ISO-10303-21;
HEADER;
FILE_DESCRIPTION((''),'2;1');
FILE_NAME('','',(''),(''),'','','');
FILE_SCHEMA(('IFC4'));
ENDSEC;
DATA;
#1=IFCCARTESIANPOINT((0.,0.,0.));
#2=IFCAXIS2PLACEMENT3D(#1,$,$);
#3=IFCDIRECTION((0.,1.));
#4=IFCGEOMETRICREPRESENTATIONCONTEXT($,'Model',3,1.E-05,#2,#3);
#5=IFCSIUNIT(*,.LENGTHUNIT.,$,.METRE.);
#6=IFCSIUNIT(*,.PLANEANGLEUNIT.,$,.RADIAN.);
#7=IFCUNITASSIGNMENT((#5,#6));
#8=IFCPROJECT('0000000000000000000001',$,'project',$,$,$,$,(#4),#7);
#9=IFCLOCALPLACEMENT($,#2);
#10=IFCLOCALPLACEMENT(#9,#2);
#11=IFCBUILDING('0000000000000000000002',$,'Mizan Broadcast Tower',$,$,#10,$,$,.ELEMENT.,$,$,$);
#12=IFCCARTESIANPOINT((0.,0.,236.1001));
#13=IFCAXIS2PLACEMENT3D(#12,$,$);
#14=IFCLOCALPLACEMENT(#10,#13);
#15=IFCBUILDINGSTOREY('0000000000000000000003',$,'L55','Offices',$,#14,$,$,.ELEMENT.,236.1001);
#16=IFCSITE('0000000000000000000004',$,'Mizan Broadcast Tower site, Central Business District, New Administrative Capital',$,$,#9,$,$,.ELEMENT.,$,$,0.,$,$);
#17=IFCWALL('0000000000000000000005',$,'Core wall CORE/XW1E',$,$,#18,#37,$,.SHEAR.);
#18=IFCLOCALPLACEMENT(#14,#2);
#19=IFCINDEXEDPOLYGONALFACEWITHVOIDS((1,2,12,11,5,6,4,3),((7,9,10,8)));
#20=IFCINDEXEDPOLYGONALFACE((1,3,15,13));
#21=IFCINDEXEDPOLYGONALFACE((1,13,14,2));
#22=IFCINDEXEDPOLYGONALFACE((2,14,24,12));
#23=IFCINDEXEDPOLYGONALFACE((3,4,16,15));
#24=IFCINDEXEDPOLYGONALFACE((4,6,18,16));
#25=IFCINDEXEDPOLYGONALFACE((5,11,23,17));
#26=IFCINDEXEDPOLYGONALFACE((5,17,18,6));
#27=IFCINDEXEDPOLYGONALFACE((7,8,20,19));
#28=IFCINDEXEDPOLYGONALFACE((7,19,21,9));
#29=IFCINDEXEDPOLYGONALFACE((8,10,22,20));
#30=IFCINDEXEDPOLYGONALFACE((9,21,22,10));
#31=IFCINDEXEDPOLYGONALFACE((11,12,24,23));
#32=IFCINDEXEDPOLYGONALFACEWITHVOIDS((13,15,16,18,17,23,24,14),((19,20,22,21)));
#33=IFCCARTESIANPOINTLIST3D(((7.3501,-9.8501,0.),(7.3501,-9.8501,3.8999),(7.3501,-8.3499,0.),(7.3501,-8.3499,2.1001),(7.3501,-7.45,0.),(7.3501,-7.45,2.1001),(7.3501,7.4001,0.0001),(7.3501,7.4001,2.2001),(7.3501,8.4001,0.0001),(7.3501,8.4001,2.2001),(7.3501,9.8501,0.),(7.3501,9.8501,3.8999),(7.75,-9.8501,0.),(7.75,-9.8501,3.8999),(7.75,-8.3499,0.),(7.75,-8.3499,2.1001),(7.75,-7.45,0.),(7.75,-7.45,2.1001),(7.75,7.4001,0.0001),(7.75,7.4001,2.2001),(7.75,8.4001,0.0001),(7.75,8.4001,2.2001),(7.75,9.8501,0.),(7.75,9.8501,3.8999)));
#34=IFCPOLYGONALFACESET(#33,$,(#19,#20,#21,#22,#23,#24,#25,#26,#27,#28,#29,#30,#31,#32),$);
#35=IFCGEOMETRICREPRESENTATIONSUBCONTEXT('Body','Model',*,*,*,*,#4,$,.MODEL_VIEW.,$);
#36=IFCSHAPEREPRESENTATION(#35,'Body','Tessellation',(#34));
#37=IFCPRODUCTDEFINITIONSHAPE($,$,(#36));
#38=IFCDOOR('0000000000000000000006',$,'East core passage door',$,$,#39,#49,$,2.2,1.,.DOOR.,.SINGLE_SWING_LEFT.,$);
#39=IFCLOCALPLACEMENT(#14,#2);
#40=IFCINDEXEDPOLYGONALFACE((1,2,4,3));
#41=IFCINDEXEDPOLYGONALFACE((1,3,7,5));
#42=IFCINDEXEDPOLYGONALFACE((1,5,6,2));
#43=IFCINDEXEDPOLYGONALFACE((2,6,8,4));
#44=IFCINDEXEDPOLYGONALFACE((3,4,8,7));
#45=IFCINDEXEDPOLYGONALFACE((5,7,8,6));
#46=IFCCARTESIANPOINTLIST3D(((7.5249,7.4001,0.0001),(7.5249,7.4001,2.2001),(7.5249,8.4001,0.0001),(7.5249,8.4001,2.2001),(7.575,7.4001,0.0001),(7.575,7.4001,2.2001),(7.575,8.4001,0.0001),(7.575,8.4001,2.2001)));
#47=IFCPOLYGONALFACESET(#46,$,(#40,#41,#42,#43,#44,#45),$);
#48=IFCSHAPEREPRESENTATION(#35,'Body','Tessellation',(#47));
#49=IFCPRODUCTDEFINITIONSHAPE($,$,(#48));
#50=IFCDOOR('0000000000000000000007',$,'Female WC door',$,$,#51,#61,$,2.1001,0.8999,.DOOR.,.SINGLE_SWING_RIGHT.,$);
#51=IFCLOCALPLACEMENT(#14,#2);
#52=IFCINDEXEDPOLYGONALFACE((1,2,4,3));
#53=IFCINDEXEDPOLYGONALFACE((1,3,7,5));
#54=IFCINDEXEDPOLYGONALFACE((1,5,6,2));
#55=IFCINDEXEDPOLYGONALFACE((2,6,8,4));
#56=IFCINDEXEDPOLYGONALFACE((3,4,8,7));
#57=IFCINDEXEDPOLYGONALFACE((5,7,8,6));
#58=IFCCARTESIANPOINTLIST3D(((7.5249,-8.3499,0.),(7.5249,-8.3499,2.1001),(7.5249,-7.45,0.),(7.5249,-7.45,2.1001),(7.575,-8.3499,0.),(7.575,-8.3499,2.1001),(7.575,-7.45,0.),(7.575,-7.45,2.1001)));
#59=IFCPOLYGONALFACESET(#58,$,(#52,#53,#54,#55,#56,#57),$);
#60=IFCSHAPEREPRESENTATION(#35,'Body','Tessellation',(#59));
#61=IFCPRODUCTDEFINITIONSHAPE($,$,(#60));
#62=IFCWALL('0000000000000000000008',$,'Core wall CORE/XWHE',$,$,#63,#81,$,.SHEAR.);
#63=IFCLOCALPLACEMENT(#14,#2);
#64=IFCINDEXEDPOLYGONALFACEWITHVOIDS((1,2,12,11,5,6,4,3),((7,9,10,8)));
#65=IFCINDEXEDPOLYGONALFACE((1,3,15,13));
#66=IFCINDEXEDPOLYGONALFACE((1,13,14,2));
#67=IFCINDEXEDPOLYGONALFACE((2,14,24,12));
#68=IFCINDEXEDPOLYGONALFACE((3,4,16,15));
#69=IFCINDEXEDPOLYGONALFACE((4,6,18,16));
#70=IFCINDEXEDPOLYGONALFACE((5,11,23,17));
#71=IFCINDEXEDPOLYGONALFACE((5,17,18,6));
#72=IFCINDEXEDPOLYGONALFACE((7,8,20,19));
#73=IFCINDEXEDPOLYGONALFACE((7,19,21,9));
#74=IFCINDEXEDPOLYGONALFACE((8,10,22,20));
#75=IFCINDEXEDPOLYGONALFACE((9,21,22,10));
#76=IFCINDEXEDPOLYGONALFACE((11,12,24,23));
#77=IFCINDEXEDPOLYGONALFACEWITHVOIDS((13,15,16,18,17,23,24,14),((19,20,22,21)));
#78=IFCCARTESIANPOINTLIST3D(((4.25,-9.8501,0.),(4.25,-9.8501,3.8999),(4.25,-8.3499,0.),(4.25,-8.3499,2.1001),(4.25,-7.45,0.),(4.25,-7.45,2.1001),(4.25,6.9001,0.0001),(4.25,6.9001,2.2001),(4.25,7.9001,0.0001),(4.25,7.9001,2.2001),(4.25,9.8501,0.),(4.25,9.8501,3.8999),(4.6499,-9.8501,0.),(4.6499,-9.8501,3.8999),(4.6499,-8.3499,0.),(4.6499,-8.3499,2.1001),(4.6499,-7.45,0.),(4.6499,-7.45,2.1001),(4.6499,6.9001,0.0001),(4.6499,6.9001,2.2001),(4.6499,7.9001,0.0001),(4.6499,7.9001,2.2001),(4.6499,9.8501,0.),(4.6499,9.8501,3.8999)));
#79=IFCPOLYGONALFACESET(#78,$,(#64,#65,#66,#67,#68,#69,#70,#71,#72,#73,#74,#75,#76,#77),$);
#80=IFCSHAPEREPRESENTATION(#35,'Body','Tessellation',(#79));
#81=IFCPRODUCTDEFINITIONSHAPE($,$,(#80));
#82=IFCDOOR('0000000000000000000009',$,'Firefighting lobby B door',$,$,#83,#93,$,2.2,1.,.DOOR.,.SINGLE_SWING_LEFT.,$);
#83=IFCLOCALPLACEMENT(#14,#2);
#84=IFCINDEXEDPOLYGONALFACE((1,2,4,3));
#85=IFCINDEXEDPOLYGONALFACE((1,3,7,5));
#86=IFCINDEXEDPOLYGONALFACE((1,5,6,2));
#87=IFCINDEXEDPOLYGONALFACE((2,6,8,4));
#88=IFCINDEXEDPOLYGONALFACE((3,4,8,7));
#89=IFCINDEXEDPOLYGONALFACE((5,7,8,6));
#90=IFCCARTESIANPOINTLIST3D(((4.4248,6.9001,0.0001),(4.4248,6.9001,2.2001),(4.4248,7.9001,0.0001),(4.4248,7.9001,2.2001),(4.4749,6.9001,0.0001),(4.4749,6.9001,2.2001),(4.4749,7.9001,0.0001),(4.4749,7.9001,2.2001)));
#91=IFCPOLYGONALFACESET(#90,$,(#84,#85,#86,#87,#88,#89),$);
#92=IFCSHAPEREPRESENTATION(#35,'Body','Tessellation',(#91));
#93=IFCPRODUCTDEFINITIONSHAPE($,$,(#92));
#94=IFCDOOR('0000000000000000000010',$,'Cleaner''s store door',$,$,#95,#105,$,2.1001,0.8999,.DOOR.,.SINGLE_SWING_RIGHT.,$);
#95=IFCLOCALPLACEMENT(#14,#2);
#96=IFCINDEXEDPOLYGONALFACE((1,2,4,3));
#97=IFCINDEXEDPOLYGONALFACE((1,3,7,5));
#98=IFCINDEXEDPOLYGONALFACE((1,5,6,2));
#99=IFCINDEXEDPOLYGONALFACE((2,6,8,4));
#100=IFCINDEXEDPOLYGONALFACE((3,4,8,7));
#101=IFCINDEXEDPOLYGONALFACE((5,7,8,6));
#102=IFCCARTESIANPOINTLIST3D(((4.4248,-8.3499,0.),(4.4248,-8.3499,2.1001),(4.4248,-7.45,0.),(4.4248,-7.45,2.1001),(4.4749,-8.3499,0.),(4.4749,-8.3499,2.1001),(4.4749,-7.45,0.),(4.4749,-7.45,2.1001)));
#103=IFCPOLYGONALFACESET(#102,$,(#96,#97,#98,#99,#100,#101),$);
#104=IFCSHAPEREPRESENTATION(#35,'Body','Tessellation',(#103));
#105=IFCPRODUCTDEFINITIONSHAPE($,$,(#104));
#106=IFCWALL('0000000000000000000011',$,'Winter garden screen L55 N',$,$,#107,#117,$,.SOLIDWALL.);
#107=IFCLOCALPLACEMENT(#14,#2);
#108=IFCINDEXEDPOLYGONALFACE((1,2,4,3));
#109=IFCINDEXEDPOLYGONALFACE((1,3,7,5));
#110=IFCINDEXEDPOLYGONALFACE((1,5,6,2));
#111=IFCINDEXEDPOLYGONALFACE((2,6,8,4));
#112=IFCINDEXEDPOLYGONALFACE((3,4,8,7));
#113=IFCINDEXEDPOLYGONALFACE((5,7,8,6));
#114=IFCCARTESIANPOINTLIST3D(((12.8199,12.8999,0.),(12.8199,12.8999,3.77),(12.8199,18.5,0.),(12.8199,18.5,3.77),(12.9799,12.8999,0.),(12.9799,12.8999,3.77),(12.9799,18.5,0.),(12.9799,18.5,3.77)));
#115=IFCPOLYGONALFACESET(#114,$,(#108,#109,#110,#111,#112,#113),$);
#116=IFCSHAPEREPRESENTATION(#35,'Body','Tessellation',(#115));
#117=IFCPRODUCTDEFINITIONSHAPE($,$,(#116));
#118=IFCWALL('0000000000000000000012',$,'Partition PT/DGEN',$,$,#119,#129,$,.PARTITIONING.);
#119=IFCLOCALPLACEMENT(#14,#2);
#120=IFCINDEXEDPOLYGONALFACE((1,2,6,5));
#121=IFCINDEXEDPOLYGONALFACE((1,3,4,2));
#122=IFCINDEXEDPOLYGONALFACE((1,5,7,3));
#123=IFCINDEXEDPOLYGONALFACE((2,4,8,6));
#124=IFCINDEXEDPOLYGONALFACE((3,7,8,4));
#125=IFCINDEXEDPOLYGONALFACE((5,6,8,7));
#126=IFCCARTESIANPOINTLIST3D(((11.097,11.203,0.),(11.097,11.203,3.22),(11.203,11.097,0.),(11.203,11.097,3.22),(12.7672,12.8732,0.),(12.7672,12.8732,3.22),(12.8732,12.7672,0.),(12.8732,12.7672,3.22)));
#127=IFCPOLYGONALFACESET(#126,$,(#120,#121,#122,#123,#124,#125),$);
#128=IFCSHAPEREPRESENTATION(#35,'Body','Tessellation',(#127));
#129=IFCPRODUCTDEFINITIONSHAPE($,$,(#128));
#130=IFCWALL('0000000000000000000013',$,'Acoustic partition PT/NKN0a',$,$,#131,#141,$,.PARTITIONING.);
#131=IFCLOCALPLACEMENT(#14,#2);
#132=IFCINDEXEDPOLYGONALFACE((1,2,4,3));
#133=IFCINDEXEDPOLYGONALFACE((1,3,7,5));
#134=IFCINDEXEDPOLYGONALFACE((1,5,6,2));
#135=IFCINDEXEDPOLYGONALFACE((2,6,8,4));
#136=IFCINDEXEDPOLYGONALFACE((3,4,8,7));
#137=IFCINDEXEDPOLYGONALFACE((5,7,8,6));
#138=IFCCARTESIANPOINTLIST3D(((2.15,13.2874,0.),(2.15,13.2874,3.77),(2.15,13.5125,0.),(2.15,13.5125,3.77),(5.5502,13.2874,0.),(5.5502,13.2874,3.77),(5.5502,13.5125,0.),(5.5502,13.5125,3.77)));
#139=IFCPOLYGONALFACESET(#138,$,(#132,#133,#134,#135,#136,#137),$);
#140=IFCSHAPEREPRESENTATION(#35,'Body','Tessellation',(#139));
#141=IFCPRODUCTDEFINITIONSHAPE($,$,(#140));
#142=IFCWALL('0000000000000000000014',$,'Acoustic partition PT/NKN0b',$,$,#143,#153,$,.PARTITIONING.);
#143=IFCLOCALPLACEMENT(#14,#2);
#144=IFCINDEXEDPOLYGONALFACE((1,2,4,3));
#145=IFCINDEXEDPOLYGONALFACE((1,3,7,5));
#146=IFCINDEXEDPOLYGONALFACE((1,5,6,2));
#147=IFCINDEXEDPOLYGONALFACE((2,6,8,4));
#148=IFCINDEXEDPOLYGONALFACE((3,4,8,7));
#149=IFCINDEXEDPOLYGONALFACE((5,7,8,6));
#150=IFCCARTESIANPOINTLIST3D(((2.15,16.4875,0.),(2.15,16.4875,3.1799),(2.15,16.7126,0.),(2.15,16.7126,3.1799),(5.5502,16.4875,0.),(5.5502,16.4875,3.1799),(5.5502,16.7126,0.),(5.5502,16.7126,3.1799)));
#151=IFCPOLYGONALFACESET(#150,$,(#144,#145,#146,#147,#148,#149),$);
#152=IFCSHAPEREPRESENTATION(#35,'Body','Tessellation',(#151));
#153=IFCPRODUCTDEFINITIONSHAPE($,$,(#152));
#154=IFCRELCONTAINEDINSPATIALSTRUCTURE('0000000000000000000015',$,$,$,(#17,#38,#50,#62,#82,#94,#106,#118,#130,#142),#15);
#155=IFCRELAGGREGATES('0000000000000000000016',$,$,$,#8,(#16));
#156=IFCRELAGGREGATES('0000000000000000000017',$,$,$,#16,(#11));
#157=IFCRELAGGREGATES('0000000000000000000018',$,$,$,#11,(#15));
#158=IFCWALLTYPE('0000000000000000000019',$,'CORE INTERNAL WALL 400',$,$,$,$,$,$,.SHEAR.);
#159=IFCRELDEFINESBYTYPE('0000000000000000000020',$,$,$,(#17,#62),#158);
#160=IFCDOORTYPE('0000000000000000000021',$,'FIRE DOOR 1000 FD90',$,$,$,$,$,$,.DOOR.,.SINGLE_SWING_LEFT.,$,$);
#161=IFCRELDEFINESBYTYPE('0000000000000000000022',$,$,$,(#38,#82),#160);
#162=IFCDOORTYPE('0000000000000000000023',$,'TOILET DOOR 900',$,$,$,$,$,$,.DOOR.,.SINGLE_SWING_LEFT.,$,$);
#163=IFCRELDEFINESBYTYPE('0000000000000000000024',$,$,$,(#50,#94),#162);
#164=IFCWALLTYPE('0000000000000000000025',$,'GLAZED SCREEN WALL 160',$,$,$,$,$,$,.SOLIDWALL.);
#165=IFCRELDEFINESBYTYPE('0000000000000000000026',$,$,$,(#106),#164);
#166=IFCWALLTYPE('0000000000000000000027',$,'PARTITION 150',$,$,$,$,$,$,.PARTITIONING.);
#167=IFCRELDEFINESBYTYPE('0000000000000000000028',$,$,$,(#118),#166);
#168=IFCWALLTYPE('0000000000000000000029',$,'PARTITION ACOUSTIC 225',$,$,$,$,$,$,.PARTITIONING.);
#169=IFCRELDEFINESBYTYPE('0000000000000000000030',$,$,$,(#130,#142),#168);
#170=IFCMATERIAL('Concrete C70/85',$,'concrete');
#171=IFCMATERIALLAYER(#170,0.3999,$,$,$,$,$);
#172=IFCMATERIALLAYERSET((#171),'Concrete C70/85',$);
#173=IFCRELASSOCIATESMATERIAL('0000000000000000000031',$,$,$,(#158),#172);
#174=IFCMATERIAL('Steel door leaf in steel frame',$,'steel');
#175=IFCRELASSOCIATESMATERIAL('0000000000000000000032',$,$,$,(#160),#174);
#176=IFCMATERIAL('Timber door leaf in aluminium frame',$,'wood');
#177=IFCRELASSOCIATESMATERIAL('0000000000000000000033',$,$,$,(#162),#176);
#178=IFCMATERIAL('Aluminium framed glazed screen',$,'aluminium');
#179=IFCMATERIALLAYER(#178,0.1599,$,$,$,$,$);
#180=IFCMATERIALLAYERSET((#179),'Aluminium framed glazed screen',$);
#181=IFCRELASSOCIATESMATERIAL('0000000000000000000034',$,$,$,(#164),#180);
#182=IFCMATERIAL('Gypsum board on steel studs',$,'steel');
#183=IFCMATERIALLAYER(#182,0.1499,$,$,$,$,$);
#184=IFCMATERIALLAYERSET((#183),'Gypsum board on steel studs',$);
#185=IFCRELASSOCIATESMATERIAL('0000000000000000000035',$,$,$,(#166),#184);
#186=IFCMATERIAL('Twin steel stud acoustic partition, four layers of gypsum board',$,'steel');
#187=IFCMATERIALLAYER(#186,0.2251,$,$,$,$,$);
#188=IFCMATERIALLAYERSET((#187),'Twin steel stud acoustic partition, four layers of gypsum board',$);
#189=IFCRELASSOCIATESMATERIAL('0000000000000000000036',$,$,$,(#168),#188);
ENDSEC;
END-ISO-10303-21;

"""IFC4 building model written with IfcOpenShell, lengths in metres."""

from ifc_helpers import new_model, si_unit, direction, frame, frame_2d, origin, place, context, subcontext, project, spatial, rectangle, extrude, material, layer, layer_set, type_object, element, fill, save


model = new_model("IFC4")

# Units and contexts
model_context = context("Model", 3, precision=1e-05, world=origin(), true_north=direction((0.0, 1.0)))
body_context = subcontext(model_context, "Body", "Model", "MODEL_VIEW")
ifc_project = project(units=[si_unit("LENGTHUNIT", "METRE"), si_unit("PLANEANGLEUNIT", "RADIAN")], contexts=[model_context])

# Site, building, storey
site_placement = place(None, origin())
site = spatial("IfcSite", under=ifc_project, at=site_placement, Name="Mizan Broadcast Tower site, Central Business District, New Administrative Capital", CompositionType="ELEMENT", RefElevation=0.0)
building_placement = place(site_placement, origin())
building = spatial("IfcBuilding", under=site, at=building_placement, Name="Mizan Broadcast Tower", CompositionType="ELEMENT")
storey_placement = place(building_placement, frame((0.0, 0.0, 236.1001)))
storey = spatial("IfcBuildingStorey", under=building, at=storey_placement, Name="L55", Description="Offices", CompositionType="ELEMENT", Elevation=236.1001)

# Walls, openings, doors
ifc_material_1 = material(Name="Concrete C70/85", Category="concrete")
ifc_layer_1 = layer(ifc_material_1, 0.3999)
ifc_layer_set_1 = layer_set([ifc_layer_1], Name="Concrete C70/85")
wall_type_1 = type_object("IfcWallType", Name="CORE INTERNAL WALL 400", PredefinedType="SHEAR", material=ifc_layer_set_1)
wall_1_placement = place(storey_placement, frame((7.55, 9.8501, 0.0), z_axis=(0.0, 0.0, 1.0), x_axis=(0.0, -1.0, 0.0)))
wall_1 = element("IfcWall", 1, at=wall_1_placement, inside=storey, type_object=wall_type_1, Name="Core wall CORE/XW1E", PredefinedType="SHEAR", context=body_context, shape_type="SweptSolid", body=[
    extrude(rectangle(XDim=19.7002, YDim=0.3999, at=frame_2d((9.8501, 0.0))), origin(), (0.0, 0.0, 1.0), 3.8999),
])
opening_1_placement = place(wall_1_placement, frame((1.45, 0.0, 0.0)))
opening_1 = element("IfcOpeningElement", 2, at=opening_1_placement, cuts=wall_1, PredefinedType="OPENING", context=body_context, shape_type="SweptSolid", body=[
    extrude(rectangle(XDim=1.0, YDim=2.2, at=frame_2d((0.5, 1.1001))), frame((0.0, 0.21, 0.0), z_axis=(0.0, -1.0, 0.0), x_axis=(1.0, 0.0, 0.0)), (0.0, 0.0, 1.0), 0.4199),
])
opening_2_placement = place(wall_1_placement, frame((17.3, 0.0, 0.0)))
opening_2 = element("IfcOpeningElement", 3, at=opening_2_placement, cuts=wall_1, PredefinedType="OPENING", context=body_context, shape_type="SweptSolid", body=[
    extrude(rectangle(XDim=0.8999, YDim=2.1001, at=frame_2d((0.45, 1.05))), frame((0.0, 0.21, 0.0), z_axis=(0.0, -1.0, 0.0), x_axis=(1.0, 0.0, 0.0)), (0.0, 0.0, 1.0), 0.4199),
])
ifc_material_2 = material(Name="Steel door leaf in steel frame", Category="steel")
door_type_1 = type_object("IfcDoorType", Name="FIRE DOOR 1000 FD90", OperationType="SINGLE_SWING_LEFT", PredefinedType="DOOR", material=ifc_material_2)
door_1_placement = place(opening_1_placement, origin())
door_1 = element("IfcDoor", 4, at=door_1_placement, inside=storey, type_object=door_type_1, Name="East core passage door", OperationType="SINGLE_SWING_LEFT", OverallHeight=2.2, OverallWidth=1.0, PredefinedType="DOOR", context=body_context, shape_type="SweptSolid", body=[
    extrude(rectangle(XDim=1.0, YDim=2.2, at=frame_2d((0.5, 1.1001))), frame((0.0, 0.0249, 0.0), z_axis=(0.0, -1.0, 0.0), x_axis=(1.0, 0.0, 0.0)), (0.0, 0.0, 1.0), 0.05),
])
fill(opening_1, door_1)
ifc_material_3 = material(Name="Timber door leaf in aluminium frame", Category="wood")
door_type_2 = type_object("IfcDoorType", Name="TOILET DOOR 900", OperationType="SINGLE_SWING_LEFT", PredefinedType="DOOR", material=ifc_material_3)
door_2_placement = place(opening_2_placement, origin())
door_2 = element("IfcDoor", 5, at=door_2_placement, inside=storey, type_object=door_type_2, Name="Female WC door", OperationType="SINGLE_SWING_RIGHT", OverallHeight=2.1001, OverallWidth=0.8999, PredefinedType="DOOR", context=body_context, shape_type="SweptSolid", body=[
    extrude(rectangle(XDim=0.8999, YDim=2.1001, at=frame_2d((0.45, 1.05))), frame((0.0, 0.0249, 0.0), z_axis=(0.0, -1.0, 0.0), x_axis=(1.0, 0.0, 0.0)), (0.0, 0.0, 1.0), 0.05),
])
fill(opening_2, door_2)
wall_2_placement = place(storey_placement, frame((4.45, 9.8501, 0.0), z_axis=(0.0, 0.0, 1.0), x_axis=(0.0, -1.0, 0.0)))
wall_2 = element("IfcWall", 6, at=wall_2_placement, inside=storey, type_object=wall_type_1, Name="Core wall CORE/XWHE", PredefinedType="SHEAR", context=body_context, shape_type="SweptSolid", body=[
    extrude(rectangle(XDim=19.7002, YDim=0.3999, at=frame_2d((9.8501, 0.0))), origin(), (0.0, 0.0, 1.0), 3.8999),
])
opening_3_placement = place(wall_2_placement, frame((1.95, 0.0, 0.0)))
opening_3 = element("IfcOpeningElement", 7, at=opening_3_placement, cuts=wall_2, PredefinedType="OPENING", context=body_context, shape_type="SweptSolid", body=[
    extrude(rectangle(XDim=1.0, YDim=2.2, at=frame_2d((0.5, 1.1001))), frame((0.0, 0.21, 0.0), z_axis=(0.0, -1.0, 0.0), x_axis=(1.0, 0.0, 0.0)), (0.0, 0.0, 1.0), 0.4199),
])
opening_4_placement = place(wall_2_placement, frame((17.3, 0.0, 0.0)))
opening_4 = element("IfcOpeningElement", 8, at=opening_4_placement, cuts=wall_2, PredefinedType="OPENING", context=body_context, shape_type="SweptSolid", body=[
    extrude(rectangle(XDim=0.8999, YDim=2.1001, at=frame_2d((0.45, 1.05))), frame((0.0, 0.21, 0.0), z_axis=(0.0, -1.0, 0.0), x_axis=(1.0, 0.0, 0.0)), (0.0, 0.0, 1.0), 0.4199),
])
door_3_placement = place(opening_3_placement, origin())
door_3 = element("IfcDoor", 9, at=door_3_placement, inside=storey, type_object=door_type_1, Name="Firefighting lobby B door", OperationType="SINGLE_SWING_LEFT", OverallHeight=2.2, OverallWidth=1.0, PredefinedType="DOOR", context=body_context, shape_type="SweptSolid", body=[
    extrude(rectangle(XDim=1.0, YDim=2.2, at=frame_2d((0.5, 1.1001))), frame((0.0, 0.0249, 0.0), z_axis=(0.0, -1.0, 0.0), x_axis=(1.0, 0.0, 0.0)), (0.0, 0.0, 1.0), 0.05),
])
fill(opening_3, door_3)
door_4_placement = place(opening_4_placement, origin())
door_4 = element("IfcDoor", 10, at=door_4_placement, inside=storey, type_object=door_type_2, Name="Cleaner's store door", OperationType="SINGLE_SWING_RIGHT", OverallHeight=2.1001, OverallWidth=0.8999, PredefinedType="DOOR", context=body_context, shape_type="SweptSolid", body=[
    extrude(rectangle(XDim=0.8999, YDim=2.1001, at=frame_2d((0.45, 1.05))), frame((0.0, 0.0249, 0.0), z_axis=(0.0, -1.0, 0.0), x_axis=(1.0, 0.0, 0.0)), (0.0, 0.0, 1.0), 0.05),
])
fill(opening_4, door_4)

# Walls
ifc_material_4 = material(Name="Aluminium framed glazed screen", Category="aluminium")
ifc_layer_2 = layer(ifc_material_4, 0.1599)
ifc_layer_set_2 = layer_set([ifc_layer_2], Name="Aluminium framed glazed screen")
wall_type_2 = type_object("IfcWallType", Name="GLAZED SCREEN WALL 160", PredefinedType="SOLIDWALL", material=ifc_layer_set_2)
wall_3_placement = place(storey_placement, frame((12.8999, 12.8999, 0.0), z_axis=(0.0, 0.0, 1.0), x_axis=(0.0, 1.0, 0.0)))
element("IfcWall", 11, at=wall_3_placement, inside=storey, type_object=wall_type_2, Name="Winter garden screen L55 N", PredefinedType="SOLIDWALL", context=body_context, shape_type="SweptSolid", body=[
    extrude(rectangle(XDim=5.6001, YDim=0.1599, at=frame_2d((2.8, 0.0))), origin(), (0.0, 0.0, 1.0), 3.77),
])
ifc_material_5 = material(Name="Gypsum board on steel studs", Category="steel")
ifc_layer_3 = layer(ifc_material_5, 0.1499)
ifc_layer_set_3 = layer_set([ifc_layer_3], Name="Gypsum board on steel studs")
wall_type_3 = type_object("IfcWallType", Name="PARTITION 150", PredefinedType="PARTITIONING", material=ifc_layer_set_3)
wall_4_placement = place(storey_placement, frame((11.1499, 11.1499, 0.0), z_axis=(0.0, 0.0, 1.0), x_axis=(0.707107, 0.707107, 0.0)))
element("IfcWall", 12, at=wall_4_placement, inside=storey, type_object=wall_type_3, Name="Partition PT/DGEN", PredefinedType="PARTITIONING", context=body_context, shape_type="SweptSolid", body=[
    extrude(rectangle(XDim=2.3621, YDim=0.1499, at=frame_2d((1.1812, 0.0))), origin(), (0.0, 0.0, 1.0), 3.22),
])
ifc_material_6 = material(Name="Twin steel stud acoustic partition, four layers of gypsum board", Category="steel")
ifc_layer_4 = layer(ifc_material_6, 0.2251)
ifc_layer_set_4 = layer_set([ifc_layer_4], Name="Twin steel stud acoustic partition, four layers of gypsum board")
wall_type_4 = type_object("IfcWallType", Name="PARTITION ACOUSTIC 225", PredefinedType="PARTITIONING", material=ifc_layer_set_4)
wall_5_placement = place(storey_placement, frame((2.1499, 13.3999, 0.0), z_axis=(0.0, 0.0, 1.0), x_axis=(1.0, 0.0, 0.0)))
element("IfcWall", 13, at=wall_5_placement, inside=storey, type_object=wall_type_4, Name="Acoustic partition PT/NKN0a", PredefinedType="PARTITIONING", context=body_context, shape_type="SweptSolid", body=[
    extrude(rectangle(XDim=3.4001, YDim=0.2251, at=frame_2d((1.7002, 0.0))), origin(), (0.0, 0.0, 1.0), 3.77),
])
wall_6_placement = place(storey_placement, frame((2.1499, 16.6001, 0.0), z_axis=(0.0, 0.0, 1.0), x_axis=(1.0, 0.0, 0.0)))
element("IfcWall", 14, at=wall_6_placement, inside=storey, type_object=wall_type_4, Name="Acoustic partition PT/NKN0b", PredefinedType="PARTITIONING", context=body_context, shape_type="SweptSolid", body=[
    extrude(rectangle(XDim=3.4001, YDim=0.2251, at=frame_2d((1.7002, 0.0))), origin(), (0.0, 0.0, 1.0), 3.1799),
])

save(model, "model.ifc")
